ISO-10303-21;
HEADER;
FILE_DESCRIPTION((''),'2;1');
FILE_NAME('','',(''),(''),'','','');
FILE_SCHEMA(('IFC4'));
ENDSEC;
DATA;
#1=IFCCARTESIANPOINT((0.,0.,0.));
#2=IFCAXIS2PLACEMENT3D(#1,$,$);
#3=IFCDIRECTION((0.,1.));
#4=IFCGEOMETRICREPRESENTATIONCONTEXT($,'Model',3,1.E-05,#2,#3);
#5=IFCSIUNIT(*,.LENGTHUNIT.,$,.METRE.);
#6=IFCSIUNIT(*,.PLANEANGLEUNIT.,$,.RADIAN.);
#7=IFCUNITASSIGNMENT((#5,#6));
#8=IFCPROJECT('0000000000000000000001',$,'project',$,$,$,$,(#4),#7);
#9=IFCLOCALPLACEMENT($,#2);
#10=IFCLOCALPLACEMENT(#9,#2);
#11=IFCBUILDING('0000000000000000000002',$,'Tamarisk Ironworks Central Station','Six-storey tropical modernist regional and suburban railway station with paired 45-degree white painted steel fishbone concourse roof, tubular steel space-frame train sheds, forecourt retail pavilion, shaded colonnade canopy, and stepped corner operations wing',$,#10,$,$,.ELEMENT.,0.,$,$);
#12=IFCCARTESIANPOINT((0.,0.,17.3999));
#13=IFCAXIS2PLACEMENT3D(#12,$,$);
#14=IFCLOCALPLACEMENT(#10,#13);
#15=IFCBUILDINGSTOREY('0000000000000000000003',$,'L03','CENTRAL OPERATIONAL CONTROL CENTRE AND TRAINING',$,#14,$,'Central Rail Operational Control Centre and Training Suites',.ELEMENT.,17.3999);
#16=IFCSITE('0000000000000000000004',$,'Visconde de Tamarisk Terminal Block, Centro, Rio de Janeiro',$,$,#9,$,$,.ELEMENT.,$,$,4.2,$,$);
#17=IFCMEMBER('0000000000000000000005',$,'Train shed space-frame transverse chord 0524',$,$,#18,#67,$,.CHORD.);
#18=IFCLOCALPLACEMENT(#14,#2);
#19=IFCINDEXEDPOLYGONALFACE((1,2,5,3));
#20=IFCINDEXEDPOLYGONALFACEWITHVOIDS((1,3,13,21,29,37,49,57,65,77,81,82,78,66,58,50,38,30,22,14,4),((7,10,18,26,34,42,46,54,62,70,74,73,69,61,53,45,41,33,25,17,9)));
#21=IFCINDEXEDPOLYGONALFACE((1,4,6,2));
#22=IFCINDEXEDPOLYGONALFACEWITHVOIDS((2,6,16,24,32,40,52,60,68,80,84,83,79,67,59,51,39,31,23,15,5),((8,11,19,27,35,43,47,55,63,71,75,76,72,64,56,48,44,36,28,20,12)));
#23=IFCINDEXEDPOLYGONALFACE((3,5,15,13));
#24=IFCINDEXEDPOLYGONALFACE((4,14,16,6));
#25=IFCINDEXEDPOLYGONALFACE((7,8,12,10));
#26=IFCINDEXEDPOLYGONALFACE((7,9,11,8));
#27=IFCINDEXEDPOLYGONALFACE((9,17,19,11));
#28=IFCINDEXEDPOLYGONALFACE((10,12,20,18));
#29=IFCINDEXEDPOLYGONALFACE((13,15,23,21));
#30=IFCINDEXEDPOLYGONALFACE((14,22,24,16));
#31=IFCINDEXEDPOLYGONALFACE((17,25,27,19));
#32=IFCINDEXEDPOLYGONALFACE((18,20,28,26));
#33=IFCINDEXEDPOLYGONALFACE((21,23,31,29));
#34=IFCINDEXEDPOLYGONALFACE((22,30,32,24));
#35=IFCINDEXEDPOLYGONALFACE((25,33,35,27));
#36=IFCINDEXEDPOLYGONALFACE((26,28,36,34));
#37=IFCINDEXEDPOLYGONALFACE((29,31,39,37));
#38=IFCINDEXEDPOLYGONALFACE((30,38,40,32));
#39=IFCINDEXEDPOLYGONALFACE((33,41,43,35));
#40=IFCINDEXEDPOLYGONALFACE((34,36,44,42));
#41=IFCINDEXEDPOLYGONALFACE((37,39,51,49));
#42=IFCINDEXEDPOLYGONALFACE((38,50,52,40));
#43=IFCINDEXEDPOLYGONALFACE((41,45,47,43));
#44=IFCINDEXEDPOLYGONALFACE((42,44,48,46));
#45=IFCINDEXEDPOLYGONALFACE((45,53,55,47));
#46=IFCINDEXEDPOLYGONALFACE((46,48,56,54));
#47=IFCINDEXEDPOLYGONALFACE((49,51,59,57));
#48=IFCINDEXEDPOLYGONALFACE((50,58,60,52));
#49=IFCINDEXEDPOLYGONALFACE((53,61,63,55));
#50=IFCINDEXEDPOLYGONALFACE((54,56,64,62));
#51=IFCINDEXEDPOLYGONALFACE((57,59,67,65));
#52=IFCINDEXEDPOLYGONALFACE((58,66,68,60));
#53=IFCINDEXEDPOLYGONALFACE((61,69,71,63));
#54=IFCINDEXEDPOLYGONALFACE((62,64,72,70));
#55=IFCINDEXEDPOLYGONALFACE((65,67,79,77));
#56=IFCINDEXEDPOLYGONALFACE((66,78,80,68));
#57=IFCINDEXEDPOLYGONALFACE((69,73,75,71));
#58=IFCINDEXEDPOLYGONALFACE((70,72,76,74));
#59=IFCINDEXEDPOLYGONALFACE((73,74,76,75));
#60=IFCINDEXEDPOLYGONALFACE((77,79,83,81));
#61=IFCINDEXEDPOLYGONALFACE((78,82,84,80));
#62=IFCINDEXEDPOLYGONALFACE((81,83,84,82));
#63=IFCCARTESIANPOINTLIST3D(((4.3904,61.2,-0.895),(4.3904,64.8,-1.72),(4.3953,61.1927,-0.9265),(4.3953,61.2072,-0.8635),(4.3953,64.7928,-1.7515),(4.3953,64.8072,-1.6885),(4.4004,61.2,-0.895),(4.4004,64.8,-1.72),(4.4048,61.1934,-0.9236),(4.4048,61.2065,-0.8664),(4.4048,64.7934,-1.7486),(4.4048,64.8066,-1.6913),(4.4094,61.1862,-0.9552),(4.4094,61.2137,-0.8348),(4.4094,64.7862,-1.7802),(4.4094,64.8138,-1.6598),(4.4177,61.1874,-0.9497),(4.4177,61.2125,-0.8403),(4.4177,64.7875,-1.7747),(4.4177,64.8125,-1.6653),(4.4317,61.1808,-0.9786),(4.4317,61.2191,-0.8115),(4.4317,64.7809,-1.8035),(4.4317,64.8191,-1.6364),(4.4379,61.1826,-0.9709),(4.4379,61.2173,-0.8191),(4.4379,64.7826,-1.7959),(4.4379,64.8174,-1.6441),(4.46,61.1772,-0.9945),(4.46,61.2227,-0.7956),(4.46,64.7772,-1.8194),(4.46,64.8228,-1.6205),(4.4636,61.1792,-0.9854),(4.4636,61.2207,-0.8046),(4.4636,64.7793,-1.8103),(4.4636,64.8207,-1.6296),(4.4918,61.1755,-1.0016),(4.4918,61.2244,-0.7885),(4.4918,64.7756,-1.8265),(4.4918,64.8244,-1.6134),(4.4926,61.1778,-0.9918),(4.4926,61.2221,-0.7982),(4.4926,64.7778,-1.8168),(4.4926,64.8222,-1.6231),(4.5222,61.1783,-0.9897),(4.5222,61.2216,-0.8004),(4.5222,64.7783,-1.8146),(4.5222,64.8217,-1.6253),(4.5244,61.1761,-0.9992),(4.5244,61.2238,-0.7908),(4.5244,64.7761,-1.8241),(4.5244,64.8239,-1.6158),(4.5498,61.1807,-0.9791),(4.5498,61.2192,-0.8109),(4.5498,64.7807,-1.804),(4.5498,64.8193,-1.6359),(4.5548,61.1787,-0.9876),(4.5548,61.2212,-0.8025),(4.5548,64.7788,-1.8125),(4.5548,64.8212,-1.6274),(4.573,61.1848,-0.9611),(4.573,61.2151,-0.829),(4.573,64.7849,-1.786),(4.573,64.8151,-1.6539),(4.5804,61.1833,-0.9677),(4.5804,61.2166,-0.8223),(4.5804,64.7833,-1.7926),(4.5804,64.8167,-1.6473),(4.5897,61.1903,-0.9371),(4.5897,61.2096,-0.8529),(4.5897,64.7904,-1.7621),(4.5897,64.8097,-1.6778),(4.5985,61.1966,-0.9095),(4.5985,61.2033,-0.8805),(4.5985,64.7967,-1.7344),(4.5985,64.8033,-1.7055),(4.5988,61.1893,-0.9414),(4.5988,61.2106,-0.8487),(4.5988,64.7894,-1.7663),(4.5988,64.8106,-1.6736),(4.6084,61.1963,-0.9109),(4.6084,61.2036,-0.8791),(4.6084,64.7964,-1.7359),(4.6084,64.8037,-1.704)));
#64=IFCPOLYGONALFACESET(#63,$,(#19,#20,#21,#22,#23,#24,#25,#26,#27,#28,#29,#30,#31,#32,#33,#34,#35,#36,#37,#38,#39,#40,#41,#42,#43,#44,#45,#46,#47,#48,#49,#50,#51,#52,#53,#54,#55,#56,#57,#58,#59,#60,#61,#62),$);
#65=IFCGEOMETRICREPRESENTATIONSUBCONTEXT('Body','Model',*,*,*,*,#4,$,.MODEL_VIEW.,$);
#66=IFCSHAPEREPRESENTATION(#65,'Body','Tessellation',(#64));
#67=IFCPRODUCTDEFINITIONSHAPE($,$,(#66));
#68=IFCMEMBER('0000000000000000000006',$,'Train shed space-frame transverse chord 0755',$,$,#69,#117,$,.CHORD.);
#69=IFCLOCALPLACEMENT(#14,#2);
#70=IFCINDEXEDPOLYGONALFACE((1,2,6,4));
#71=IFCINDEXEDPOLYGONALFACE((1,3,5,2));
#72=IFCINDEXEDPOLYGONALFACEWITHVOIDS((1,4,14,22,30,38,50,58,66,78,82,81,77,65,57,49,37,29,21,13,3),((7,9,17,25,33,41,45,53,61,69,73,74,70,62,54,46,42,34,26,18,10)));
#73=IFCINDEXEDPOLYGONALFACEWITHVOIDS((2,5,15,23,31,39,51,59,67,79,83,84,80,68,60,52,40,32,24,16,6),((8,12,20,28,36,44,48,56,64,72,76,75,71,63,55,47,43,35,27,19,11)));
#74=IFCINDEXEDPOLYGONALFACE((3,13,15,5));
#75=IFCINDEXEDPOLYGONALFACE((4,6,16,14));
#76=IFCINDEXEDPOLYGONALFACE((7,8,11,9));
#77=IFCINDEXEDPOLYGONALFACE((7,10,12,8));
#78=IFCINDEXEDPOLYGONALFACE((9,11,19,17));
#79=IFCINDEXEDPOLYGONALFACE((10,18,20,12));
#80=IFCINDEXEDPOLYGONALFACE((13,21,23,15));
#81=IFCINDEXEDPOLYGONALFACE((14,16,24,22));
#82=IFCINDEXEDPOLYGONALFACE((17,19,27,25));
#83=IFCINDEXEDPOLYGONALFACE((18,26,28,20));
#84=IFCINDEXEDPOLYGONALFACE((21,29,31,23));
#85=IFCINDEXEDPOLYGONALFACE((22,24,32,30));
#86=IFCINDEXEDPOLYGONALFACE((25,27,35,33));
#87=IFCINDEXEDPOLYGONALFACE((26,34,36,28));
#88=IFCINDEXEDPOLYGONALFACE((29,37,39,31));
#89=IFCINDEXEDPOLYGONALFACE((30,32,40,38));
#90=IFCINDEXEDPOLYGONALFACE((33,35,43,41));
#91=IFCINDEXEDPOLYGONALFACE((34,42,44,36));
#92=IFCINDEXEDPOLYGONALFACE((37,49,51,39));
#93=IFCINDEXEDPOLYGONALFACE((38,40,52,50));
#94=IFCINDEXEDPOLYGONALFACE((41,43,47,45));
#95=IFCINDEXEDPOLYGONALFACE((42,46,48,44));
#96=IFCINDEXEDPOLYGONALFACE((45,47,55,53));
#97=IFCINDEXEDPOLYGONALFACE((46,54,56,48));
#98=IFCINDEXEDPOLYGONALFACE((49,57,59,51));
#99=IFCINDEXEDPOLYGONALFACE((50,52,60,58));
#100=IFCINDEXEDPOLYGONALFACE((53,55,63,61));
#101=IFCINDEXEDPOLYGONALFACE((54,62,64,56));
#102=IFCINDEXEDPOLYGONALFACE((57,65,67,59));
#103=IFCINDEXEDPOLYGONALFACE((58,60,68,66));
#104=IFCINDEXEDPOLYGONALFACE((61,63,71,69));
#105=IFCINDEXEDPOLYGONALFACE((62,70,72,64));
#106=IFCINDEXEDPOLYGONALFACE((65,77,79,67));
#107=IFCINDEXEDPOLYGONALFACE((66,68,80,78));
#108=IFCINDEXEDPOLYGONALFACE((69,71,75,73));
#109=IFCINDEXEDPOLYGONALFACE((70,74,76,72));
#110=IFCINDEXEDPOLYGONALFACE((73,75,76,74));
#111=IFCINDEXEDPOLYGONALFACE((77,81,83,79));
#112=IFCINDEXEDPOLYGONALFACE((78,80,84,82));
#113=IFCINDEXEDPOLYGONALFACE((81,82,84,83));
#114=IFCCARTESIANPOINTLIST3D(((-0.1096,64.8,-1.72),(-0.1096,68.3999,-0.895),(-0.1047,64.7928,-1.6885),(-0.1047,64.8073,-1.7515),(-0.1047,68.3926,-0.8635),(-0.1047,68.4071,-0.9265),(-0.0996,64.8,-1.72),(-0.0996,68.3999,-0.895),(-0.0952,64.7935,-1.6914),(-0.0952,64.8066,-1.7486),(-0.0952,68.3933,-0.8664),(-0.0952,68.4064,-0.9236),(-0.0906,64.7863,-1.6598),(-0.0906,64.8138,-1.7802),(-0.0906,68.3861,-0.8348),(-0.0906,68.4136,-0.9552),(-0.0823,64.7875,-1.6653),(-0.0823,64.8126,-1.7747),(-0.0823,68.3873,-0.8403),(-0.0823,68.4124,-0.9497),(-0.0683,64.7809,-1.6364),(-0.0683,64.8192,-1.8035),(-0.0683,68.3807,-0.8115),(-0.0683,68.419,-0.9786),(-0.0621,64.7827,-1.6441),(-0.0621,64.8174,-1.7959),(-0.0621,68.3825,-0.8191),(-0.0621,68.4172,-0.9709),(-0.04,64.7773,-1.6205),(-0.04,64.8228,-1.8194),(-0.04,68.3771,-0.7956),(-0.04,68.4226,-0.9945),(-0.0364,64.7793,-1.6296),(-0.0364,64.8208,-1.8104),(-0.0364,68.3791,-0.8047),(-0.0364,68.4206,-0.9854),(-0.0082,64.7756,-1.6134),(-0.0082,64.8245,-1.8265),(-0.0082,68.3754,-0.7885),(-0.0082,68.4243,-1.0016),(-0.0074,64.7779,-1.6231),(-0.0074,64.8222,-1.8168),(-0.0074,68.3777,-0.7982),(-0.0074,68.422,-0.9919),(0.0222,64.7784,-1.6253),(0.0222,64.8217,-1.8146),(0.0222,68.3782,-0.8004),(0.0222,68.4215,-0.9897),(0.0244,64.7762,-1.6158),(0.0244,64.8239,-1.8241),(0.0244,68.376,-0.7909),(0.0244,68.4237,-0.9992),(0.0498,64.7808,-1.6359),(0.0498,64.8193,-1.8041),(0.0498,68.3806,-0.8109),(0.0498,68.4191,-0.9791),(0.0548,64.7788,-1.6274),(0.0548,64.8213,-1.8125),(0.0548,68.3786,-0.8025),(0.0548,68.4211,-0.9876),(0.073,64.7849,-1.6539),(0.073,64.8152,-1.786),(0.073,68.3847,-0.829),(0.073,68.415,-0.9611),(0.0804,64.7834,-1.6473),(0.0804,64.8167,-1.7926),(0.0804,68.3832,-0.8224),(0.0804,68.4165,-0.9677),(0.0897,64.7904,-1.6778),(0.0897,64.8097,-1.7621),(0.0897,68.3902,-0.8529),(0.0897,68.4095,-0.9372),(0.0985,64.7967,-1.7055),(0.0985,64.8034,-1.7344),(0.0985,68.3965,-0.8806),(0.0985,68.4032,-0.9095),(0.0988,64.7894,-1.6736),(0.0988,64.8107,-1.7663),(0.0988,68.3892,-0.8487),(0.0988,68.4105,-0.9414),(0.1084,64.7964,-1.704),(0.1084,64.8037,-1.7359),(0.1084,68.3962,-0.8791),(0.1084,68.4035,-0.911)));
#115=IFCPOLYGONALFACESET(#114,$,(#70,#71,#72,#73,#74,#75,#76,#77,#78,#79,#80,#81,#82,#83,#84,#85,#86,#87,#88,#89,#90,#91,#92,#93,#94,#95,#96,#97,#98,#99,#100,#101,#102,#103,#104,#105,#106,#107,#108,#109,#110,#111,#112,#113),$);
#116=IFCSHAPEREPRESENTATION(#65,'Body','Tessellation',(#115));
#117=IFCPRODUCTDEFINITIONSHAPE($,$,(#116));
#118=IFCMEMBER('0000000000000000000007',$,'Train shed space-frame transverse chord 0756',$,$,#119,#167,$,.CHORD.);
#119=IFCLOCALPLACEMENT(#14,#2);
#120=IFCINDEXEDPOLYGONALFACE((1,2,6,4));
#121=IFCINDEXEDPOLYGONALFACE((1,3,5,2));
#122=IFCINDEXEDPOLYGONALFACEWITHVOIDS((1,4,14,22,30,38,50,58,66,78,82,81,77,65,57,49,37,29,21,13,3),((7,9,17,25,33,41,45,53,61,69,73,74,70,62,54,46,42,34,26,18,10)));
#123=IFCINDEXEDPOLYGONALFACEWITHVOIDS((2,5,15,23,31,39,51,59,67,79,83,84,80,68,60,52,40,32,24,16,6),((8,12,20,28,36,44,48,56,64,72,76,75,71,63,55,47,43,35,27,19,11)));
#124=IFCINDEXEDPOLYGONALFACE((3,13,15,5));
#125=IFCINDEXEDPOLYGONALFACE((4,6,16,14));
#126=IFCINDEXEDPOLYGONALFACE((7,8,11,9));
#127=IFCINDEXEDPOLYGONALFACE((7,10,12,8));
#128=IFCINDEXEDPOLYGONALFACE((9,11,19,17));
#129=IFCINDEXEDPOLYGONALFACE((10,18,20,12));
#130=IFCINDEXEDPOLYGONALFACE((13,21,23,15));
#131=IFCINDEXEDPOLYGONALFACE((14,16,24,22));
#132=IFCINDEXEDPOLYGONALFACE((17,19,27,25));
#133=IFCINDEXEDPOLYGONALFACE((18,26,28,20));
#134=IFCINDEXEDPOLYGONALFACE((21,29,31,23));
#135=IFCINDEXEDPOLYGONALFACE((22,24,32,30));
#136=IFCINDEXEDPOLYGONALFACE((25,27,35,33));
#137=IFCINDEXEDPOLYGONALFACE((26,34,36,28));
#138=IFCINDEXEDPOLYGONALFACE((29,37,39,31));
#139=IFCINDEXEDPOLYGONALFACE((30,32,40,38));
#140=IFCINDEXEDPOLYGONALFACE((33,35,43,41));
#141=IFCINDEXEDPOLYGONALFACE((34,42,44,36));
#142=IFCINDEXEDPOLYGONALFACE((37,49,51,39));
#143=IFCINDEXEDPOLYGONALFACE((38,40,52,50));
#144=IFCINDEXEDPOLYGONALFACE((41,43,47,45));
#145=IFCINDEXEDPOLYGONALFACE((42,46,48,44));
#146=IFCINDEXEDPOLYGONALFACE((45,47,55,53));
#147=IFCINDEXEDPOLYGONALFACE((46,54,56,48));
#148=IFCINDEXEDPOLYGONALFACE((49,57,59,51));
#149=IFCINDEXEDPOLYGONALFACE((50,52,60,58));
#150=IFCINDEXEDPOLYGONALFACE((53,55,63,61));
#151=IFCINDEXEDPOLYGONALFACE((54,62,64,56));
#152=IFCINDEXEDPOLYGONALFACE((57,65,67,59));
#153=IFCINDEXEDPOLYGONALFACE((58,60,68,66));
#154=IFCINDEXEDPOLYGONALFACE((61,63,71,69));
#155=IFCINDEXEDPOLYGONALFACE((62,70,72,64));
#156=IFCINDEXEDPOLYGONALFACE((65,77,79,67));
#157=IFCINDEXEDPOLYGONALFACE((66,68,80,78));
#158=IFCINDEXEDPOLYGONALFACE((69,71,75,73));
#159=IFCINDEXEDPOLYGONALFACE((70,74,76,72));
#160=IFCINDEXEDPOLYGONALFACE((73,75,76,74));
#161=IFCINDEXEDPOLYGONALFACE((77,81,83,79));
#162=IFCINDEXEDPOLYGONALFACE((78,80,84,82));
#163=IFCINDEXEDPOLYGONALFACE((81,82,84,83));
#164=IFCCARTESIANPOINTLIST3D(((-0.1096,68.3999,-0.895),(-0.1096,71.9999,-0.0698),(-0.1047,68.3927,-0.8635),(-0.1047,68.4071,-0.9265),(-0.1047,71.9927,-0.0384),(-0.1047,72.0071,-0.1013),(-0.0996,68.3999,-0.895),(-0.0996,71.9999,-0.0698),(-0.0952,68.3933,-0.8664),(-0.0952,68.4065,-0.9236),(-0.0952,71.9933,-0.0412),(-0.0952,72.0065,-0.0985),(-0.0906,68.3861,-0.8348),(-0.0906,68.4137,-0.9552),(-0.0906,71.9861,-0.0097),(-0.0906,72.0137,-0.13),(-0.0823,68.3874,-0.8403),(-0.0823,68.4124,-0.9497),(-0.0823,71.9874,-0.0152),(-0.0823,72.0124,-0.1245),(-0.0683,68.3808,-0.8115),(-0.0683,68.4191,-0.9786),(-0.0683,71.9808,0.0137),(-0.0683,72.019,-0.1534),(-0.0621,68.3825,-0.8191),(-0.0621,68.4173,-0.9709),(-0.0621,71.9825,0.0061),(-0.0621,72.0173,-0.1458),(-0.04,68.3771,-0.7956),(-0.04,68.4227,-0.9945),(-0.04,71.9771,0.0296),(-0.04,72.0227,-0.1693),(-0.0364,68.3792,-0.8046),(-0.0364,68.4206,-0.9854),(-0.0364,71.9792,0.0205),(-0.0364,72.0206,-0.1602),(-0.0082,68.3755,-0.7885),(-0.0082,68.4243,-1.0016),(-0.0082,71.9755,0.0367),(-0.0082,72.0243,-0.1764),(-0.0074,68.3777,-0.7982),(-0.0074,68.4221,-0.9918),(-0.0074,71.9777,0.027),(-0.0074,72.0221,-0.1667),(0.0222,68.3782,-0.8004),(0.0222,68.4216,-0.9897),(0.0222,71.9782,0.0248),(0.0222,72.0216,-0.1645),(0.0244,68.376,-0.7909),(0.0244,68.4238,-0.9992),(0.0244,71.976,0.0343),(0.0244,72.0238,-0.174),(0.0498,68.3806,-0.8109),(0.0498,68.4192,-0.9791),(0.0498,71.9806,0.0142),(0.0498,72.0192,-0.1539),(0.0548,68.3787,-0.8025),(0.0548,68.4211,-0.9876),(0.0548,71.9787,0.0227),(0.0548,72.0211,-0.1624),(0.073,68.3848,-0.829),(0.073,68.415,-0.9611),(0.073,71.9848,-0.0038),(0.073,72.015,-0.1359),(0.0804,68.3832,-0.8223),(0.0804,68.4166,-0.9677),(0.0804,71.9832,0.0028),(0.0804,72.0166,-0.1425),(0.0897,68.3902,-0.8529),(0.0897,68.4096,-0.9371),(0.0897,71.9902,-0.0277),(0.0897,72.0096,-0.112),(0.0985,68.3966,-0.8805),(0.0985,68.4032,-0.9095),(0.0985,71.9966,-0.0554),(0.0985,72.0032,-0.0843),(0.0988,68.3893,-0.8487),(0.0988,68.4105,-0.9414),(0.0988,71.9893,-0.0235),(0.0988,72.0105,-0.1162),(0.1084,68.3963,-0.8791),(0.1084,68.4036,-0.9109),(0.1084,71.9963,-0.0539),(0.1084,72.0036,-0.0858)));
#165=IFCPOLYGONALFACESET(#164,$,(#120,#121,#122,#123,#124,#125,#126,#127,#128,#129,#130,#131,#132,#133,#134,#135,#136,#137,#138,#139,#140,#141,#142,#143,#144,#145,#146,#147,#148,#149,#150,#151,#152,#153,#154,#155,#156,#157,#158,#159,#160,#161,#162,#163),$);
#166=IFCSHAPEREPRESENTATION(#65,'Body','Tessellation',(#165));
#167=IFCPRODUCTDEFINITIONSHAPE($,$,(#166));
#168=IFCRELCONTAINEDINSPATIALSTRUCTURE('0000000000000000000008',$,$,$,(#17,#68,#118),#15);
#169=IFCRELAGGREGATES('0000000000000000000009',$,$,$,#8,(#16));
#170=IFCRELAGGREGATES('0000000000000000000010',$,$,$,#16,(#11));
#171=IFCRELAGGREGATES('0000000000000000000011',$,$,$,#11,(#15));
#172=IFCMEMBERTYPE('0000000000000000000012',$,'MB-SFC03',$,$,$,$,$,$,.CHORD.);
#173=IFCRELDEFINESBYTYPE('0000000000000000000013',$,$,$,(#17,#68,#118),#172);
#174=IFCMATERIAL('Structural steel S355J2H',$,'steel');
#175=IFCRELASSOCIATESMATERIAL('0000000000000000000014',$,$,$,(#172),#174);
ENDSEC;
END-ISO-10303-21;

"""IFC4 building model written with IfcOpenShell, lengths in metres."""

from ifc_helpers import new_model, si_unit, direction, frame, origin, origin_2d, place, context, subcontext, project, spatial, hollow_circle, extrude, material, material_profile, profile_set, type_object, element, save


model = new_model("IFC4")

# Units and contexts
model_context = context("Model", 3, precision=1e-05, world=origin(), true_north=direction((0.0, 1.0)))
body_context = subcontext(model_context, "Body", "Model", "MODEL_VIEW")
ifc_project = project(units=[si_unit("LENGTHUNIT", "METRE"), si_unit("PLANEANGLEUNIT", "RADIAN")], contexts=[model_context])

# Site, building, storey
site_placement = place(None, origin())
site = spatial("IfcSite", under=ifc_project, at=site_placement, Name="Visconde de Tamarisk Terminal Block, Centro, Rio de Janeiro", CompositionType="ELEMENT", RefElevation=4.2)
building_placement = place(site_placement, origin())
building = spatial("IfcBuilding", under=site, at=building_placement, Name="Tamarisk Ironworks Central Station", Description="Six-storey tropical modernist regional and suburban railway station with paired 45-degree white painted steel fishbone concourse roof, tubular steel space-frame train sheds, forecourt retail pavilion, shaded colonnade canopy, and stepped corner operations wing", CompositionType="ELEMENT", ElevationOfRefHeight=0.0)
storey_placement = place(building_placement, frame((0.0, 0.0, 17.3999)))
storey = spatial("IfcBuildingStorey", under=building, at=storey_placement, Name="L03", Description="CENTRAL OPERATIONAL CONTROL CENTRE AND TRAINING", LongName="Central Rail Operational Control Centre and Training Suites", CompositionType="ELEMENT", Elevation=17.3999)

# Members
ifc_material_1 = material(Name="Structural steel S355J2H", Category="steel")
ifc_material_profile_1 = material_profile(ifc_material_1, hollow_circle(Radius=0.1096, WallThickness=0.01, at=origin_2d()), Name="CHS 219.1x10")
ifc_profile_set_1 = profile_set([ifc_material_profile_1], Name="Structural steel S355J2H")
member_type_1 = type_object("IfcMemberType", Name="MB-SFC03", PredefinedType="CHORD", material=ifc_profile_set_1)
for number, where, z_axis, x_axis, name in (
    (1, (4.5, 61.2, -0.895), (0.0, 0.974737, -0.223358), (-1.0, 0.0, 0.0), "Train shed space-frame transverse chord 0524"),
):
    element("IfcMember", number, at=place(storey_placement, frame(where, z_axis=z_axis, x_axis=x_axis)), inside=storey, type_object=member_type_1, Name=name, PredefinedType="CHORD", context=body_context, shape_type="SweptSolid", body=[
        extrude(hollow_circle(Radius=0.1096, WallThickness=0.01, at=origin_2d()), origin(), (0.0, 0.0, 1.0), 3.6934),
    ])
member_1_placement = place(storey_placement, frame((0.0, 64.8, -1.72), z_axis=(0.0, 0.974733, 0.223372), x_axis=(-1.0, 0.0, 0.0)))
element("IfcMember", 2, at=member_1_placement, inside=storey, type_object=member_type_1, Name="Train shed space-frame transverse chord 0755", PredefinedType="CHORD", context=body_context, shape_type="SweptSolid", body=[
    extrude(hollow_circle(Radius=0.1096, WallThickness=0.01, at=origin_2d()), origin(), (0.0, 0.0, 1.0), 3.6931),
])
member_2_placement = place(storey_placement, frame((0.0, 68.3999, -0.895), z_axis=(0.0, 0.974722, 0.223421), x_axis=(-1.0, 0.0, 0.0)))
element("IfcMember", 3, at=member_2_placement, inside=storey, type_object=member_type_1, Name="Train shed space-frame transverse chord 0756", PredefinedType="CHORD", context=body_context, shape_type="SweptSolid", body=[
    extrude(hollow_circle(Radius=0.1096, WallThickness=0.01, at=origin_2d()), origin(), (0.0, 0.0, 1.0), 3.6934),
])

save(model, "model.ifc")
